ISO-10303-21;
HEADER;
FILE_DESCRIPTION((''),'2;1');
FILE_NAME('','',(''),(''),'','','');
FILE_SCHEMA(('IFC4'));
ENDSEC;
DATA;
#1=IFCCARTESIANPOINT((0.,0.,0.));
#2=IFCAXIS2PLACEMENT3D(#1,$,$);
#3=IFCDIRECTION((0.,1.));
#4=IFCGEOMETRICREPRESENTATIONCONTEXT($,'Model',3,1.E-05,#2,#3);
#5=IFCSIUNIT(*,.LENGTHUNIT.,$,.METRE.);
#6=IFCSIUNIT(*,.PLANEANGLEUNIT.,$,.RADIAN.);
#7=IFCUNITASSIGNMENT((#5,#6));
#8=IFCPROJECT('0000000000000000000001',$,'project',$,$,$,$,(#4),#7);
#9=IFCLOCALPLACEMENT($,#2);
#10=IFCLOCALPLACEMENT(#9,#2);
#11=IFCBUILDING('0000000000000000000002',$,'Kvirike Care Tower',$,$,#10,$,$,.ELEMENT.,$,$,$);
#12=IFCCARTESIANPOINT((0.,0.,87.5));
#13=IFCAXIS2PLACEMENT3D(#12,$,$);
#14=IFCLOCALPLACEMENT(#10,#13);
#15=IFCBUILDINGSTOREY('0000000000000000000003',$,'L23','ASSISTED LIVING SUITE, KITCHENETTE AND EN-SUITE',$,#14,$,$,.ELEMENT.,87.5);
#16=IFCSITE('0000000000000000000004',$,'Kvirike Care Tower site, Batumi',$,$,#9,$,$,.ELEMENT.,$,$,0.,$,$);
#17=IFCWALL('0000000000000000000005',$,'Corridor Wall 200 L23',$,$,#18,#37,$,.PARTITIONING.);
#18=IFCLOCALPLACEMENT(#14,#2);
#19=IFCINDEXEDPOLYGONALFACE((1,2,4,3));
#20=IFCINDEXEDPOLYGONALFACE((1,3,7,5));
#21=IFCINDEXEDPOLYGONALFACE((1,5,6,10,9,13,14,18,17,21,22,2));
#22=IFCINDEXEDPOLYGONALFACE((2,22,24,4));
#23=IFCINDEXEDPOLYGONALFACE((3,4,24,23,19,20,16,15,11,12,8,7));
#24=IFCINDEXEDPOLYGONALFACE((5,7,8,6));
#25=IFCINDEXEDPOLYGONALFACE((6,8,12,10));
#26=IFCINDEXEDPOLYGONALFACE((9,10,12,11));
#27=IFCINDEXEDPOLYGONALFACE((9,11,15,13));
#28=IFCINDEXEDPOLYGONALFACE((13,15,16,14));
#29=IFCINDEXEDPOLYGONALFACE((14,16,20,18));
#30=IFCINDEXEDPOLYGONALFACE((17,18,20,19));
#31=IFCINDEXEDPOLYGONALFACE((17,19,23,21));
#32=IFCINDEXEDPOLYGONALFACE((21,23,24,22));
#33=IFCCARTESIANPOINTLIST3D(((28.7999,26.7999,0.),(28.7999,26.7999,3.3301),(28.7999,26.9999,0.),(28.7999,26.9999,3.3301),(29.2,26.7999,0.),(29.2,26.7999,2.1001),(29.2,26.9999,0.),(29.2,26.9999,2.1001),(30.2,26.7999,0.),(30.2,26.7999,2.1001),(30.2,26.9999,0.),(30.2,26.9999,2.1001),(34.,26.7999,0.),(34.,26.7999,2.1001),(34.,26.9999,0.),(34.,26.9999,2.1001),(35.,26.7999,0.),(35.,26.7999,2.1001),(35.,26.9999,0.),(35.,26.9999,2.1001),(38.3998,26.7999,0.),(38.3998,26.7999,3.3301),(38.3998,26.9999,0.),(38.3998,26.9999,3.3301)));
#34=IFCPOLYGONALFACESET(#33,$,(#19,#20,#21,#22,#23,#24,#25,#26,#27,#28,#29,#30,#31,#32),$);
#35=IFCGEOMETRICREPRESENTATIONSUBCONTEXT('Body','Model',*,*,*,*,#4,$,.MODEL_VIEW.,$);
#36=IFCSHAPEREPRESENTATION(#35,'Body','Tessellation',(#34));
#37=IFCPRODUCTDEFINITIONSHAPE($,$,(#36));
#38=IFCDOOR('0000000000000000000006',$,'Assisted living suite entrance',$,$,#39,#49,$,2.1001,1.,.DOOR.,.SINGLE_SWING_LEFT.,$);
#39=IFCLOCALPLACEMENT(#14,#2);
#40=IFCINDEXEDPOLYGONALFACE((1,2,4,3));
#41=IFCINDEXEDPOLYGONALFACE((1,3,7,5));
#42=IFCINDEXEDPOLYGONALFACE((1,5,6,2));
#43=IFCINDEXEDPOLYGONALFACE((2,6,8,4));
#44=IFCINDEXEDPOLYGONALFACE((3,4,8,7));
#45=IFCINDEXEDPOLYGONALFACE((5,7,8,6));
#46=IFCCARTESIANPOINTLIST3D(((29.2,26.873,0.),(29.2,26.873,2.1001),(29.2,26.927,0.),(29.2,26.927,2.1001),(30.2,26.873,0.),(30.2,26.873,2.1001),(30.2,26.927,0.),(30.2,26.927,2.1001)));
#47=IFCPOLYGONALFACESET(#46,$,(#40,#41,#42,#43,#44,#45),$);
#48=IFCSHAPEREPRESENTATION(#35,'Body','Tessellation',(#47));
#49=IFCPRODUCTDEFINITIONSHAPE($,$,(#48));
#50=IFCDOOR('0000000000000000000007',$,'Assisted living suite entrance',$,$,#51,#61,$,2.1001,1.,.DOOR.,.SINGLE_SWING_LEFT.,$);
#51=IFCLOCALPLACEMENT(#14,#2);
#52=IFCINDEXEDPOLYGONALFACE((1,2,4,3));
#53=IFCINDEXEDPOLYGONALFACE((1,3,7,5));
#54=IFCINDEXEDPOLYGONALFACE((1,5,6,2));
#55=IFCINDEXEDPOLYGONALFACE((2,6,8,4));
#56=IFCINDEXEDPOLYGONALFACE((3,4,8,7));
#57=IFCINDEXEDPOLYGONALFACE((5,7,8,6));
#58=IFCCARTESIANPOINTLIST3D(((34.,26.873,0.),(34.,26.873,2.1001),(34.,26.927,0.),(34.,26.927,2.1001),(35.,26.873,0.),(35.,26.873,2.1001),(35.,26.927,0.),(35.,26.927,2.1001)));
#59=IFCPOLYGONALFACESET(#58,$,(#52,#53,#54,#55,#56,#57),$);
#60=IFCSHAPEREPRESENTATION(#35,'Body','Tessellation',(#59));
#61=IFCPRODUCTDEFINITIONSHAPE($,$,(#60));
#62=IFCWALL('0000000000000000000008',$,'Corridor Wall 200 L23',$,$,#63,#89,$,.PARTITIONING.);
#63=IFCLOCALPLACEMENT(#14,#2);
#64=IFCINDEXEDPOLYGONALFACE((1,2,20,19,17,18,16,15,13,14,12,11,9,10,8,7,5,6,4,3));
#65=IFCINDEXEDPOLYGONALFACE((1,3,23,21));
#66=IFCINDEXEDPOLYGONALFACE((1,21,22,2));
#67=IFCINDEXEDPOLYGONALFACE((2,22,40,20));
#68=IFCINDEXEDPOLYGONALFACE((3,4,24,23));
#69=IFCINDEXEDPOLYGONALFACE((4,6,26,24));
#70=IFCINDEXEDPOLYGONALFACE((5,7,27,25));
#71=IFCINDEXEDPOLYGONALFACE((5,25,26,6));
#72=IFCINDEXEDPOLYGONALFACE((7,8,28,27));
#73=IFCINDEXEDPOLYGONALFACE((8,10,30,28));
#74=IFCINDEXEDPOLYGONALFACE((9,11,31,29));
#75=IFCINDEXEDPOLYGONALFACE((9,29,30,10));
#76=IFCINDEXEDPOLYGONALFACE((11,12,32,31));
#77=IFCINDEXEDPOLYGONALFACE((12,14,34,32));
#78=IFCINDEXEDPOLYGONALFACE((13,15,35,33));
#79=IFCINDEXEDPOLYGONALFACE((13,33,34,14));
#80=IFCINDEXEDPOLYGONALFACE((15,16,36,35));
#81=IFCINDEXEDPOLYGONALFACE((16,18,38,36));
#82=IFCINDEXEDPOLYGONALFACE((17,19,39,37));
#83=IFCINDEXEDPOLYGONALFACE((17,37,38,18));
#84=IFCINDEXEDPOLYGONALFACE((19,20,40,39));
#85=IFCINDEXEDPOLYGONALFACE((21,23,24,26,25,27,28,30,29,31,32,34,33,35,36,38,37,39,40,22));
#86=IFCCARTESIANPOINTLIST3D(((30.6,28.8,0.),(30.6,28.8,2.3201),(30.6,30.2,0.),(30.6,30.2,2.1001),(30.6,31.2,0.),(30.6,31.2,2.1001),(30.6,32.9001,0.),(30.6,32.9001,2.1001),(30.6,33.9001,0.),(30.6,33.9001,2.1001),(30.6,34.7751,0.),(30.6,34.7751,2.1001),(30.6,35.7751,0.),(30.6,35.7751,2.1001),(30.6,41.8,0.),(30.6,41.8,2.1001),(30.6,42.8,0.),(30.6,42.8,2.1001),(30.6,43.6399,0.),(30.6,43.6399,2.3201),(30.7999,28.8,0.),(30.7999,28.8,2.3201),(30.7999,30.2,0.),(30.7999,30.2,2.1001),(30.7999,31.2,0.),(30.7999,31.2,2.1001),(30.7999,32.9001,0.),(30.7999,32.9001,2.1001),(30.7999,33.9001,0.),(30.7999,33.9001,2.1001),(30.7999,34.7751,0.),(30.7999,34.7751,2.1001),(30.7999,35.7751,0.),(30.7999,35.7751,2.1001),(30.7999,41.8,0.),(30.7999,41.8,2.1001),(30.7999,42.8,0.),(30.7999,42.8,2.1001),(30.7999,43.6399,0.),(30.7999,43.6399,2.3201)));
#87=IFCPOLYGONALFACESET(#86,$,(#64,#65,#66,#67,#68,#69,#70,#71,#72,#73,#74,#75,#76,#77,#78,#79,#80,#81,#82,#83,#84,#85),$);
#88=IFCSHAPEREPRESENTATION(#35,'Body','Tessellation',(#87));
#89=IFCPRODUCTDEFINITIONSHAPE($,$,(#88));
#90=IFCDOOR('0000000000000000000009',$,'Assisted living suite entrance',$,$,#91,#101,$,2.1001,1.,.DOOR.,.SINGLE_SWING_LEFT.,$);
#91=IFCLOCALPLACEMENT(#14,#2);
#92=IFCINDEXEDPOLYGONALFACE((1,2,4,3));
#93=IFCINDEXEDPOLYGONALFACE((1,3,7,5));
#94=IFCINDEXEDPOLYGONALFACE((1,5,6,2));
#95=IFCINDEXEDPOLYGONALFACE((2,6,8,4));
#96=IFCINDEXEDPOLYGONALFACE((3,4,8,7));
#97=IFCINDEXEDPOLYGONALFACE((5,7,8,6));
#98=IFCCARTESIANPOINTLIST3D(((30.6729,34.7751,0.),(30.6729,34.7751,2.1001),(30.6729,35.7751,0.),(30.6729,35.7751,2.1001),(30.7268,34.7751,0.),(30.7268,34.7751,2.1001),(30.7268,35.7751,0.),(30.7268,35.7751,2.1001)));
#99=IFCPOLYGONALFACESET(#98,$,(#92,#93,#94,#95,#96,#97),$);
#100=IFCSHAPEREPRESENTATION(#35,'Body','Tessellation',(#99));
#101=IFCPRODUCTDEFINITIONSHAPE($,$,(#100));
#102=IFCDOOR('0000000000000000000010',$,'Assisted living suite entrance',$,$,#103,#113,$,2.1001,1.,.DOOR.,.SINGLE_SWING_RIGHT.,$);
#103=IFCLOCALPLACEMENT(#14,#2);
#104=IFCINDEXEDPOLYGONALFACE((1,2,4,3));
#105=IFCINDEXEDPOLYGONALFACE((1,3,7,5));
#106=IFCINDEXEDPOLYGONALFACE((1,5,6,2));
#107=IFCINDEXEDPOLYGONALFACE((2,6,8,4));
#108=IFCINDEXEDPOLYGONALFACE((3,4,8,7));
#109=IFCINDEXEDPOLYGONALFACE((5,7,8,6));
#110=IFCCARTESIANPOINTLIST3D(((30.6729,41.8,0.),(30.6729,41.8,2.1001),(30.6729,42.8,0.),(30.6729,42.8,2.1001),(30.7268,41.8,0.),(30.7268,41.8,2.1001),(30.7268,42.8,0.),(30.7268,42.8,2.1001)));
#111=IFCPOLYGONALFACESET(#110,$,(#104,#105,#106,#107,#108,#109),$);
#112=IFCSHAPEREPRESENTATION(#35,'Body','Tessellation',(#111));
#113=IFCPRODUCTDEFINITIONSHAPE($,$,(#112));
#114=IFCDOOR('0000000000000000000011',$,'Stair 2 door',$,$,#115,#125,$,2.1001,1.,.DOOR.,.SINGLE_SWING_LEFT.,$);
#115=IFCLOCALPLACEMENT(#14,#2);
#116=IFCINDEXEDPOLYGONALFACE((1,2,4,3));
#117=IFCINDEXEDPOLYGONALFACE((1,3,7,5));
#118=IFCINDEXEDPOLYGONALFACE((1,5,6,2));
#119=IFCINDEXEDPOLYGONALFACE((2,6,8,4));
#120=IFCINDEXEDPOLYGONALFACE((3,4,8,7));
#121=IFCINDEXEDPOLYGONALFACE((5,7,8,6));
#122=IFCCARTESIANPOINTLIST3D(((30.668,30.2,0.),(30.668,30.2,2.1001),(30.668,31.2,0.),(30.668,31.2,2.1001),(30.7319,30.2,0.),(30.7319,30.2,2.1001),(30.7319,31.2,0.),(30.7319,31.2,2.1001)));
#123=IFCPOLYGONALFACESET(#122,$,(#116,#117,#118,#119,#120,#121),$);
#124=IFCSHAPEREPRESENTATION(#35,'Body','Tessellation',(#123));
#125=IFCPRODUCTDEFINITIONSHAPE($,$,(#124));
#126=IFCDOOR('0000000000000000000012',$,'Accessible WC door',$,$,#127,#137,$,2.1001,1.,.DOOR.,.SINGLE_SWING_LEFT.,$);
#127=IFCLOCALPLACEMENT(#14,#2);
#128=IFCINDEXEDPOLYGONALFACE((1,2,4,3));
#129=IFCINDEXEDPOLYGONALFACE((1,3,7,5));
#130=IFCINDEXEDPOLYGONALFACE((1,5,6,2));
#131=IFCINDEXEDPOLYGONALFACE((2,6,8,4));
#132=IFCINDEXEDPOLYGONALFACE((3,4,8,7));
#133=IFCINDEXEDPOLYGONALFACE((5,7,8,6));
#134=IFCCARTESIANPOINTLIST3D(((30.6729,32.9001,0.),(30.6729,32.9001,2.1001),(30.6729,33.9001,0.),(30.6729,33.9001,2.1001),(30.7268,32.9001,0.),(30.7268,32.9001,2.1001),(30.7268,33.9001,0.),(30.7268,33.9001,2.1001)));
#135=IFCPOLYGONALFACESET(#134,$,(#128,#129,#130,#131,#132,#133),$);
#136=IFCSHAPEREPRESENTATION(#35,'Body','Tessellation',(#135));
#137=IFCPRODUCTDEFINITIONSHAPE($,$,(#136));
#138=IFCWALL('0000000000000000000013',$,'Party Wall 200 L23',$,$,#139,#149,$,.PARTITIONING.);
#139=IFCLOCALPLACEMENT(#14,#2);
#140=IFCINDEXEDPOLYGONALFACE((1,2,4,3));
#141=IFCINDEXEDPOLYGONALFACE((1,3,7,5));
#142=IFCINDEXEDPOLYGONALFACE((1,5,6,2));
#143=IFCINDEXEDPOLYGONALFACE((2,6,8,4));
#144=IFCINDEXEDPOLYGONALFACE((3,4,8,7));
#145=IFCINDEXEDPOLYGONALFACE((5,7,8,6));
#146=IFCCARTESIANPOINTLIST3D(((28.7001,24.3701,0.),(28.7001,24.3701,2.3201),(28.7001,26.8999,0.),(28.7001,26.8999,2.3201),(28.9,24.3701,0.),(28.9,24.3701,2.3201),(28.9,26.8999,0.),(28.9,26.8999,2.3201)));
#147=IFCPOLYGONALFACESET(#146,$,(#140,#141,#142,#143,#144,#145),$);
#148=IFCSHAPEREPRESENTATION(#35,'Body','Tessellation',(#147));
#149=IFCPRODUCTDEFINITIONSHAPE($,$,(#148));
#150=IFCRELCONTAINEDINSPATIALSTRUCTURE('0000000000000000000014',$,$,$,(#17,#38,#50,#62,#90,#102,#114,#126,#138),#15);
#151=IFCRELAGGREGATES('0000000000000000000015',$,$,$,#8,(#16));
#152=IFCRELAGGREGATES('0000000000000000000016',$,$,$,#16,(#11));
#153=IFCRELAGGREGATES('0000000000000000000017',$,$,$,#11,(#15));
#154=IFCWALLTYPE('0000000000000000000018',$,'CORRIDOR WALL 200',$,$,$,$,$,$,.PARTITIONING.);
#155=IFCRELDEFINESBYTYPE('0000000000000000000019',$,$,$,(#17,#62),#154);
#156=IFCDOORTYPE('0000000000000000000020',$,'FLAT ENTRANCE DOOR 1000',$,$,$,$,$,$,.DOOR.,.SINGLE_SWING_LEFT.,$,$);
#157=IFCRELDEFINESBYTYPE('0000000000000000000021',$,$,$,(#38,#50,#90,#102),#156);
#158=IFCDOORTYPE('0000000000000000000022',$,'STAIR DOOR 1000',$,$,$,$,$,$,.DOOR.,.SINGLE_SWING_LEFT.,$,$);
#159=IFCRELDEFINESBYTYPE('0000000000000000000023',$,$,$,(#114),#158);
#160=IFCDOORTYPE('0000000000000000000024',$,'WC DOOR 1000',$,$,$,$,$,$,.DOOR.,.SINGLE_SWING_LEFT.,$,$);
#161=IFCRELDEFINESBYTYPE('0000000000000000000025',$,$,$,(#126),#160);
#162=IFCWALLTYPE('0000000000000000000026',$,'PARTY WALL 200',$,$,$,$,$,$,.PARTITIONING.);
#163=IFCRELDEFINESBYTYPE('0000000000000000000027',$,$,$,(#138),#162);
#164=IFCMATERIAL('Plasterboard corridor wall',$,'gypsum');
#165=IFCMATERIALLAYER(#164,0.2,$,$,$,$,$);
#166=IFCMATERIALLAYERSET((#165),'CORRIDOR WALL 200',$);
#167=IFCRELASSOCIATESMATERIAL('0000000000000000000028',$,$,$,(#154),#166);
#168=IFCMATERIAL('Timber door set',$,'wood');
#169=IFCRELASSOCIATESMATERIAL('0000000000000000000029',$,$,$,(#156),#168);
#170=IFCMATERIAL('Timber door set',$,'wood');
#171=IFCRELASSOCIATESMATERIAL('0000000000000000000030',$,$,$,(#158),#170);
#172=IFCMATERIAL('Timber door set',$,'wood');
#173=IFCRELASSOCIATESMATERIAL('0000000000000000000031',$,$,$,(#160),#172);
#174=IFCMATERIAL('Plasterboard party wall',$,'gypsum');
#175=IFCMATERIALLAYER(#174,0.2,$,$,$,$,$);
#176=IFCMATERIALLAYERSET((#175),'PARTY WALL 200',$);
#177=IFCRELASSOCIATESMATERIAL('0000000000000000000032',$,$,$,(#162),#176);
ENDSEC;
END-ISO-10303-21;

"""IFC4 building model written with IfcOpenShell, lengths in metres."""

from ifc_helpers import new_model, si_unit, direction, frame, frame_2d, origin, place, context, subcontext, project, spatial, rectangle, extrude, material, layer, layer_set, type_object, element, fill, save


model = new_model("IFC4")

# Units and contexts
model_context = context("Model", 3, precision=1e-05, world=origin(), true_north=direction((0.0, 1.0)))
body_context = subcontext(model_context, "Body", "Model", "MODEL_VIEW")
ifc_project = project(units=[si_unit("LENGTHUNIT", "METRE"), si_unit("PLANEANGLEUNIT", "RADIAN")], contexts=[model_context])

# Site, building, storey
site_placement = place(None, origin())
site = spatial("IfcSite", under=ifc_project, at=site_placement, Name="Kvirike Care Tower site, Batumi", CompositionType="ELEMENT", RefElevation=0.0)
building_placement = place(site_placement, origin())
building = spatial("IfcBuilding", under=site, at=building_placement, Name="Kvirike Care Tower", CompositionType="ELEMENT")
storey_placement = place(building_placement, frame((0.0, 0.0, 87.5)))
storey = spatial("IfcBuildingStorey", under=building, at=storey_placement, Name="L23", Description="ASSISTED LIVING SUITE, KITCHENETTE AND EN-SUITE", CompositionType="ELEMENT", Elevation=87.5)

# Walls, openings, doors
ifc_material_1 = material(Name="Plasterboard corridor wall", Category="gypsum")
ifc_layer_1 = layer(ifc_material_1, 0.2)
ifc_layer_set_1 = layer_set([ifc_layer_1], Name="CORRIDOR WALL 200")
wall_type_1 = type_object("IfcWallType", Name="CORRIDOR WALL 200", PredefinedType="PARTITIONING", material=ifc_layer_set_1)
wall_1_placement = place(storey_placement, frame((28.8, 26.8999, 0.0), z_axis=(0.0, 0.0, 1.0), x_axis=(1.0, 0.0, 0.0)))
wall_1 = element("IfcWall", 1, at=wall_1_placement, inside=storey, type_object=wall_type_1, Name="Corridor Wall 200 L23", PredefinedType="PARTITIONING", context=body_context, shape_type="SweptSolid", body=[
    extrude(rectangle(XDim=9.5999, YDim=0.2, at=frame_2d((4.7998, 0.0))), origin(), (0.0, 0.0, 1.0), 3.3301),
])
opening_1_placement = place(wall_1_placement, frame((0.3999, 0.0, 0.0)))
opening_1 = element("IfcOpeningElement", 2, at=opening_1_placement, cuts=wall_1, PredefinedType="OPENING", context=body_context, shape_type="SweptSolid", body=[
    extrude(rectangle(XDim=1.0, YDim=2.1001, at=frame_2d((0.5, 1.05))), frame((0.0, 0.1106, 0.0), z_axis=(0.0, -1.0, 0.0), x_axis=(1.0, 0.0, 0.0)), (0.0, 0.0, 1.0), 0.2209),
])
opening_2_placement = place(wall_1_placement, frame((5.2, 0.0, 0.0)))
opening_2 = element("IfcOpeningElement", 3, at=opening_2_placement, cuts=wall_1, PredefinedType="OPENING", context=body_context, shape_type="SweptSolid", body=[
    extrude(rectangle(XDim=1.0, YDim=2.1001, at=frame_2d((0.5, 1.05))), frame((0.0, 0.1106, 0.0), z_axis=(0.0, -1.0, 0.0), x_axis=(1.0, 0.0, 0.0)), (0.0, 0.0, 1.0), 0.2209),
])
ifc_material_2 = material(Name="Timber door set", Category="wood")
door_type_1 = type_object("IfcDoorType", Name="FLAT ENTRANCE DOOR 1000", OperationType="SINGLE_SWING_LEFT", PredefinedType="DOOR", material=ifc_material_2)
door_1_placement = place(opening_1_placement, frame((1.0, 0.0, 0.0), z_axis=(0.0, 0.0, 1.0), x_axis=(-1.0, 0.0, 0.0)))
door_1 = element("IfcDoor", 4, at=door_1_placement, inside=storey, type_object=door_type_1, Name="Assisted living suite entrance", OperationType="SINGLE_SWING_LEFT", OverallHeight=2.1001, OverallWidth=1.0, PredefinedType="DOOR", context=body_context, shape_type="SweptSolid", body=[
    extrude(rectangle(XDim=1.0, YDim=2.1001, at=frame_2d((0.5, 1.05))), frame((0.0, 0.0269, 0.0), z_axis=(0.0, -1.0, 0.0), x_axis=(1.0, 0.0, 0.0)), (0.0, 0.0, 1.0), 0.054),
])
fill(opening_1, door_1)
door_2_placement = place(opening_2_placement, frame((1.0, 0.0, 0.0), z_axis=(0.0, 0.0, 1.0), x_axis=(-1.0, 0.0, 0.0)))
door_2 = element("IfcDoor", 5, at=door_2_placement, inside=storey, type_object=door_type_1, Name="Assisted living suite entrance", OperationType="SINGLE_SWING_LEFT", OverallHeight=2.1001, OverallWidth=1.0, PredefinedType="DOOR", context=body_context, shape_type="SweptSolid", body=[
    extrude(rectangle(XDim=1.0, YDim=2.1001, at=frame_2d((0.5, 1.05))), frame((0.0, 0.0269, 0.0), z_axis=(0.0, -1.0, 0.0), x_axis=(1.0, 0.0, 0.0)), (0.0, 0.0, 1.0), 0.054),
])
fill(opening_2, door_2)
wall_2_placement = place(storey_placement, frame((30.7, 28.8, 0.0), z_axis=(0.0, 0.0, 1.0), x_axis=(0.0, 1.0, 0.0)))
wall_2 = element("IfcWall", 6, at=wall_2_placement, inside=storey, type_object=wall_type_1, Name="Corridor Wall 200 L23", PredefinedType="PARTITIONING", context=body_context, shape_type="SweptSolid", body=[
    extrude(rectangle(XDim=14.8398, YDim=0.2, at=frame_2d((7.4199, 0.0))), origin(), (0.0, 0.0, 1.0), 2.3201),
])
opening_3_placement = place(wall_2_placement, frame((1.3999, 0.0, 0.0)))
opening_3 = element("IfcOpeningElement", 7, at=opening_3_placement, cuts=wall_2, PredefinedType="OPENING", context=body_context, shape_type="SweptSolid", body=[
    extrude(rectangle(XDim=1.0, YDim=2.1001, at=frame_2d((0.5, 1.05))), frame((0.0, 0.1106, 0.0), z_axis=(0.0, -1.0, 0.0), x_axis=(1.0, 0.0, 0.0)), (0.0, 0.0, 1.0), 0.2209),
])
opening_4_placement = place(wall_2_placement, frame((4.1001, 0.0, 0.0)))
opening_4 = element("IfcOpeningElement", 8, at=opening_4_placement, cuts=wall_2, PredefinedType="OPENING", context=body_context, shape_type="SweptSolid", body=[
    extrude(rectangle(XDim=1.0, YDim=2.1001, at=frame_2d((0.5, 1.05))), frame((0.0, 0.1106, 0.0), z_axis=(0.0, -1.0, 0.0), x_axis=(1.0, 0.0, 0.0)), (0.0, 0.0, 1.0), 0.2209),
])
opening_5_placement = place(wall_2_placement, frame((5.9751, 0.0, 0.0)))
opening_5 = element("IfcOpeningElement", 9, at=opening_5_placement, cuts=wall_2, PredefinedType="OPENING", context=body_context, shape_type="SweptSolid", body=[
    extrude(rectangle(XDim=1.0, YDim=2.1001, at=frame_2d((0.5, 1.05))), frame((0.0, 0.1106, 0.0), z_axis=(0.0, -1.0, 0.0), x_axis=(1.0, 0.0, 0.0)), (0.0, 0.0, 1.0), 0.2209),
])
opening_6_placement = place(wall_2_placement, frame((13.0, 0.0, 0.0)))
opening_6 = element("IfcOpeningElement", 10, at=opening_6_placement, cuts=wall_2, PredefinedType="OPENING", context=body_context, shape_type="SweptSolid", body=[
    extrude(rectangle(XDim=1.0, YDim=2.1001, at=frame_2d((0.5, 1.05))), frame((0.0, 0.1106, 0.0), z_axis=(0.0, -1.0, 0.0), x_axis=(1.0, 0.0, 0.0)), (0.0, 0.0, 1.0), 0.2209),
])
door_3_placement = place(opening_5_placement, frame((1.0, 0.0, 0.0), z_axis=(0.0, 0.0, 1.0), x_axis=(-1.0, 0.0, 0.0)))
door_3 = element("IfcDoor", 11, at=door_3_placement, inside=storey, type_object=door_type_1, Name="Assisted living suite entrance", OperationType="SINGLE_SWING_LEFT", OverallHeight=2.1001, OverallWidth=1.0, PredefinedType="DOOR", context=body_context, shape_type="SweptSolid", body=[
    extrude(rectangle(XDim=1.0, YDim=2.1001, at=frame_2d((0.5, 1.05))), frame((0.0, 0.0269, 0.0), z_axis=(0.0, -1.0, 0.0), x_axis=(1.0, 0.0, 0.0)), (0.0, 0.0, 1.0), 0.054),
])
fill(opening_5, door_3)
door_4_placement = place(opening_6_placement, frame((1.0, 0.0, 0.0), z_axis=(0.0, 0.0, 1.0), x_axis=(-1.0, 0.0, 0.0)))
door_4 = element("IfcDoor", 12, at=door_4_placement, inside=storey, type_object=door_type_1, Name="Assisted living suite entrance", OperationType="SINGLE_SWING_RIGHT", OverallHeight=2.1001, OverallWidth=1.0, PredefinedType="DOOR", context=body_context, shape_type="SweptSolid", body=[
    extrude(rectangle(XDim=1.0, YDim=2.1001, at=frame_2d((0.5, 1.05))), frame((0.0, 0.0269, 0.0), z_axis=(0.0, -1.0, 0.0), x_axis=(1.0, 0.0, 0.0)), (0.0, 0.0, 1.0), 0.054),
])
fill(opening_6, door_4)
ifc_material_3 = material(Name="Timber door set", Category="wood")
door_type_2 = type_object("IfcDoorType", Name="STAIR DOOR 1000", OperationType="SINGLE_SWING_LEFT", PredefinedType="DOOR", material=ifc_material_3)
door_5_placement = place(opening_3_placement, frame((1.0, 0.0, 0.0), z_axis=(0.0, 0.0, 1.0), x_axis=(-1.0, 0.0, 0.0)))
door_5 = element("IfcDoor", 13, at=door_5_placement, inside=storey, type_object=door_type_2, Name="Stair 2 door", OperationType="SINGLE_SWING_LEFT", OverallHeight=2.1001, OverallWidth=1.0, PredefinedType="DOOR", context=body_context, shape_type="SweptSolid", body=[
    extrude(rectangle(XDim=1.0, YDim=2.1001, at=frame_2d((0.5, 1.05))), frame((0.0, 0.032, 0.0), z_axis=(0.0, -1.0, 0.0), x_axis=(1.0, 0.0, 0.0)), (0.0, 0.0, 1.0), 0.064),
])
fill(opening_3, door_5)
ifc_material_4 = material(Name="Timber door set", Category="wood")
door_type_3 = type_object("IfcDoorType", Name="WC DOOR 1000", OperationType="SINGLE_SWING_LEFT", PredefinedType="DOOR", material=ifc_material_4)
door_6_placement = place(opening_4_placement, frame((1.0, 0.0, 0.0), z_axis=(0.0, 0.0, 1.0), x_axis=(-1.0, 0.0, 0.0)))
door_6 = element("IfcDoor", 14, at=door_6_placement, inside=storey, type_object=door_type_3, Name="Accessible WC door", OperationType="SINGLE_SWING_LEFT", OverallHeight=2.1001, OverallWidth=1.0, PredefinedType="DOOR", context=body_context, shape_type="SweptSolid", body=[
    extrude(rectangle(XDim=1.0, YDim=2.1001, at=frame_2d((0.5, 1.05))), frame((0.0, 0.0269, 0.0), z_axis=(0.0, -1.0, 0.0), x_axis=(1.0, 0.0, 0.0)), (0.0, 0.0, 1.0), 0.054),
])
fill(opening_4, door_6)

# Wall
ifc_material_5 = material(Name="Plasterboard party wall", Category="gypsum")
ifc_layer_2 = layer(ifc_material_5, 0.2)
ifc_layer_set_2 = layer_set([ifc_layer_2], Name="PARTY WALL 200")
wall_type_2 = type_object("IfcWallType", Name="PARTY WALL 200", PredefinedType="PARTITIONING", material=ifc_layer_set_2)
wall_3_placement = place(storey_placement, frame((28.8, 24.3701, 0.0), z_axis=(0.0, 0.0, 1.0), x_axis=(0.0, 1.0, 0.0)))
element("IfcWall", 15, at=wall_3_placement, inside=storey, type_object=wall_type_2, Name="Party Wall 200 L23", PredefinedType="PARTITIONING", context=body_context, shape_type="SweptSolid", body=[
    extrude(rectangle(XDim=2.5298, YDim=0.2, at=frame_2d((1.2649, 0.0))), origin(), (0.0, 0.0, 1.0), 2.3201),
])

save(model, "model.ifc")
